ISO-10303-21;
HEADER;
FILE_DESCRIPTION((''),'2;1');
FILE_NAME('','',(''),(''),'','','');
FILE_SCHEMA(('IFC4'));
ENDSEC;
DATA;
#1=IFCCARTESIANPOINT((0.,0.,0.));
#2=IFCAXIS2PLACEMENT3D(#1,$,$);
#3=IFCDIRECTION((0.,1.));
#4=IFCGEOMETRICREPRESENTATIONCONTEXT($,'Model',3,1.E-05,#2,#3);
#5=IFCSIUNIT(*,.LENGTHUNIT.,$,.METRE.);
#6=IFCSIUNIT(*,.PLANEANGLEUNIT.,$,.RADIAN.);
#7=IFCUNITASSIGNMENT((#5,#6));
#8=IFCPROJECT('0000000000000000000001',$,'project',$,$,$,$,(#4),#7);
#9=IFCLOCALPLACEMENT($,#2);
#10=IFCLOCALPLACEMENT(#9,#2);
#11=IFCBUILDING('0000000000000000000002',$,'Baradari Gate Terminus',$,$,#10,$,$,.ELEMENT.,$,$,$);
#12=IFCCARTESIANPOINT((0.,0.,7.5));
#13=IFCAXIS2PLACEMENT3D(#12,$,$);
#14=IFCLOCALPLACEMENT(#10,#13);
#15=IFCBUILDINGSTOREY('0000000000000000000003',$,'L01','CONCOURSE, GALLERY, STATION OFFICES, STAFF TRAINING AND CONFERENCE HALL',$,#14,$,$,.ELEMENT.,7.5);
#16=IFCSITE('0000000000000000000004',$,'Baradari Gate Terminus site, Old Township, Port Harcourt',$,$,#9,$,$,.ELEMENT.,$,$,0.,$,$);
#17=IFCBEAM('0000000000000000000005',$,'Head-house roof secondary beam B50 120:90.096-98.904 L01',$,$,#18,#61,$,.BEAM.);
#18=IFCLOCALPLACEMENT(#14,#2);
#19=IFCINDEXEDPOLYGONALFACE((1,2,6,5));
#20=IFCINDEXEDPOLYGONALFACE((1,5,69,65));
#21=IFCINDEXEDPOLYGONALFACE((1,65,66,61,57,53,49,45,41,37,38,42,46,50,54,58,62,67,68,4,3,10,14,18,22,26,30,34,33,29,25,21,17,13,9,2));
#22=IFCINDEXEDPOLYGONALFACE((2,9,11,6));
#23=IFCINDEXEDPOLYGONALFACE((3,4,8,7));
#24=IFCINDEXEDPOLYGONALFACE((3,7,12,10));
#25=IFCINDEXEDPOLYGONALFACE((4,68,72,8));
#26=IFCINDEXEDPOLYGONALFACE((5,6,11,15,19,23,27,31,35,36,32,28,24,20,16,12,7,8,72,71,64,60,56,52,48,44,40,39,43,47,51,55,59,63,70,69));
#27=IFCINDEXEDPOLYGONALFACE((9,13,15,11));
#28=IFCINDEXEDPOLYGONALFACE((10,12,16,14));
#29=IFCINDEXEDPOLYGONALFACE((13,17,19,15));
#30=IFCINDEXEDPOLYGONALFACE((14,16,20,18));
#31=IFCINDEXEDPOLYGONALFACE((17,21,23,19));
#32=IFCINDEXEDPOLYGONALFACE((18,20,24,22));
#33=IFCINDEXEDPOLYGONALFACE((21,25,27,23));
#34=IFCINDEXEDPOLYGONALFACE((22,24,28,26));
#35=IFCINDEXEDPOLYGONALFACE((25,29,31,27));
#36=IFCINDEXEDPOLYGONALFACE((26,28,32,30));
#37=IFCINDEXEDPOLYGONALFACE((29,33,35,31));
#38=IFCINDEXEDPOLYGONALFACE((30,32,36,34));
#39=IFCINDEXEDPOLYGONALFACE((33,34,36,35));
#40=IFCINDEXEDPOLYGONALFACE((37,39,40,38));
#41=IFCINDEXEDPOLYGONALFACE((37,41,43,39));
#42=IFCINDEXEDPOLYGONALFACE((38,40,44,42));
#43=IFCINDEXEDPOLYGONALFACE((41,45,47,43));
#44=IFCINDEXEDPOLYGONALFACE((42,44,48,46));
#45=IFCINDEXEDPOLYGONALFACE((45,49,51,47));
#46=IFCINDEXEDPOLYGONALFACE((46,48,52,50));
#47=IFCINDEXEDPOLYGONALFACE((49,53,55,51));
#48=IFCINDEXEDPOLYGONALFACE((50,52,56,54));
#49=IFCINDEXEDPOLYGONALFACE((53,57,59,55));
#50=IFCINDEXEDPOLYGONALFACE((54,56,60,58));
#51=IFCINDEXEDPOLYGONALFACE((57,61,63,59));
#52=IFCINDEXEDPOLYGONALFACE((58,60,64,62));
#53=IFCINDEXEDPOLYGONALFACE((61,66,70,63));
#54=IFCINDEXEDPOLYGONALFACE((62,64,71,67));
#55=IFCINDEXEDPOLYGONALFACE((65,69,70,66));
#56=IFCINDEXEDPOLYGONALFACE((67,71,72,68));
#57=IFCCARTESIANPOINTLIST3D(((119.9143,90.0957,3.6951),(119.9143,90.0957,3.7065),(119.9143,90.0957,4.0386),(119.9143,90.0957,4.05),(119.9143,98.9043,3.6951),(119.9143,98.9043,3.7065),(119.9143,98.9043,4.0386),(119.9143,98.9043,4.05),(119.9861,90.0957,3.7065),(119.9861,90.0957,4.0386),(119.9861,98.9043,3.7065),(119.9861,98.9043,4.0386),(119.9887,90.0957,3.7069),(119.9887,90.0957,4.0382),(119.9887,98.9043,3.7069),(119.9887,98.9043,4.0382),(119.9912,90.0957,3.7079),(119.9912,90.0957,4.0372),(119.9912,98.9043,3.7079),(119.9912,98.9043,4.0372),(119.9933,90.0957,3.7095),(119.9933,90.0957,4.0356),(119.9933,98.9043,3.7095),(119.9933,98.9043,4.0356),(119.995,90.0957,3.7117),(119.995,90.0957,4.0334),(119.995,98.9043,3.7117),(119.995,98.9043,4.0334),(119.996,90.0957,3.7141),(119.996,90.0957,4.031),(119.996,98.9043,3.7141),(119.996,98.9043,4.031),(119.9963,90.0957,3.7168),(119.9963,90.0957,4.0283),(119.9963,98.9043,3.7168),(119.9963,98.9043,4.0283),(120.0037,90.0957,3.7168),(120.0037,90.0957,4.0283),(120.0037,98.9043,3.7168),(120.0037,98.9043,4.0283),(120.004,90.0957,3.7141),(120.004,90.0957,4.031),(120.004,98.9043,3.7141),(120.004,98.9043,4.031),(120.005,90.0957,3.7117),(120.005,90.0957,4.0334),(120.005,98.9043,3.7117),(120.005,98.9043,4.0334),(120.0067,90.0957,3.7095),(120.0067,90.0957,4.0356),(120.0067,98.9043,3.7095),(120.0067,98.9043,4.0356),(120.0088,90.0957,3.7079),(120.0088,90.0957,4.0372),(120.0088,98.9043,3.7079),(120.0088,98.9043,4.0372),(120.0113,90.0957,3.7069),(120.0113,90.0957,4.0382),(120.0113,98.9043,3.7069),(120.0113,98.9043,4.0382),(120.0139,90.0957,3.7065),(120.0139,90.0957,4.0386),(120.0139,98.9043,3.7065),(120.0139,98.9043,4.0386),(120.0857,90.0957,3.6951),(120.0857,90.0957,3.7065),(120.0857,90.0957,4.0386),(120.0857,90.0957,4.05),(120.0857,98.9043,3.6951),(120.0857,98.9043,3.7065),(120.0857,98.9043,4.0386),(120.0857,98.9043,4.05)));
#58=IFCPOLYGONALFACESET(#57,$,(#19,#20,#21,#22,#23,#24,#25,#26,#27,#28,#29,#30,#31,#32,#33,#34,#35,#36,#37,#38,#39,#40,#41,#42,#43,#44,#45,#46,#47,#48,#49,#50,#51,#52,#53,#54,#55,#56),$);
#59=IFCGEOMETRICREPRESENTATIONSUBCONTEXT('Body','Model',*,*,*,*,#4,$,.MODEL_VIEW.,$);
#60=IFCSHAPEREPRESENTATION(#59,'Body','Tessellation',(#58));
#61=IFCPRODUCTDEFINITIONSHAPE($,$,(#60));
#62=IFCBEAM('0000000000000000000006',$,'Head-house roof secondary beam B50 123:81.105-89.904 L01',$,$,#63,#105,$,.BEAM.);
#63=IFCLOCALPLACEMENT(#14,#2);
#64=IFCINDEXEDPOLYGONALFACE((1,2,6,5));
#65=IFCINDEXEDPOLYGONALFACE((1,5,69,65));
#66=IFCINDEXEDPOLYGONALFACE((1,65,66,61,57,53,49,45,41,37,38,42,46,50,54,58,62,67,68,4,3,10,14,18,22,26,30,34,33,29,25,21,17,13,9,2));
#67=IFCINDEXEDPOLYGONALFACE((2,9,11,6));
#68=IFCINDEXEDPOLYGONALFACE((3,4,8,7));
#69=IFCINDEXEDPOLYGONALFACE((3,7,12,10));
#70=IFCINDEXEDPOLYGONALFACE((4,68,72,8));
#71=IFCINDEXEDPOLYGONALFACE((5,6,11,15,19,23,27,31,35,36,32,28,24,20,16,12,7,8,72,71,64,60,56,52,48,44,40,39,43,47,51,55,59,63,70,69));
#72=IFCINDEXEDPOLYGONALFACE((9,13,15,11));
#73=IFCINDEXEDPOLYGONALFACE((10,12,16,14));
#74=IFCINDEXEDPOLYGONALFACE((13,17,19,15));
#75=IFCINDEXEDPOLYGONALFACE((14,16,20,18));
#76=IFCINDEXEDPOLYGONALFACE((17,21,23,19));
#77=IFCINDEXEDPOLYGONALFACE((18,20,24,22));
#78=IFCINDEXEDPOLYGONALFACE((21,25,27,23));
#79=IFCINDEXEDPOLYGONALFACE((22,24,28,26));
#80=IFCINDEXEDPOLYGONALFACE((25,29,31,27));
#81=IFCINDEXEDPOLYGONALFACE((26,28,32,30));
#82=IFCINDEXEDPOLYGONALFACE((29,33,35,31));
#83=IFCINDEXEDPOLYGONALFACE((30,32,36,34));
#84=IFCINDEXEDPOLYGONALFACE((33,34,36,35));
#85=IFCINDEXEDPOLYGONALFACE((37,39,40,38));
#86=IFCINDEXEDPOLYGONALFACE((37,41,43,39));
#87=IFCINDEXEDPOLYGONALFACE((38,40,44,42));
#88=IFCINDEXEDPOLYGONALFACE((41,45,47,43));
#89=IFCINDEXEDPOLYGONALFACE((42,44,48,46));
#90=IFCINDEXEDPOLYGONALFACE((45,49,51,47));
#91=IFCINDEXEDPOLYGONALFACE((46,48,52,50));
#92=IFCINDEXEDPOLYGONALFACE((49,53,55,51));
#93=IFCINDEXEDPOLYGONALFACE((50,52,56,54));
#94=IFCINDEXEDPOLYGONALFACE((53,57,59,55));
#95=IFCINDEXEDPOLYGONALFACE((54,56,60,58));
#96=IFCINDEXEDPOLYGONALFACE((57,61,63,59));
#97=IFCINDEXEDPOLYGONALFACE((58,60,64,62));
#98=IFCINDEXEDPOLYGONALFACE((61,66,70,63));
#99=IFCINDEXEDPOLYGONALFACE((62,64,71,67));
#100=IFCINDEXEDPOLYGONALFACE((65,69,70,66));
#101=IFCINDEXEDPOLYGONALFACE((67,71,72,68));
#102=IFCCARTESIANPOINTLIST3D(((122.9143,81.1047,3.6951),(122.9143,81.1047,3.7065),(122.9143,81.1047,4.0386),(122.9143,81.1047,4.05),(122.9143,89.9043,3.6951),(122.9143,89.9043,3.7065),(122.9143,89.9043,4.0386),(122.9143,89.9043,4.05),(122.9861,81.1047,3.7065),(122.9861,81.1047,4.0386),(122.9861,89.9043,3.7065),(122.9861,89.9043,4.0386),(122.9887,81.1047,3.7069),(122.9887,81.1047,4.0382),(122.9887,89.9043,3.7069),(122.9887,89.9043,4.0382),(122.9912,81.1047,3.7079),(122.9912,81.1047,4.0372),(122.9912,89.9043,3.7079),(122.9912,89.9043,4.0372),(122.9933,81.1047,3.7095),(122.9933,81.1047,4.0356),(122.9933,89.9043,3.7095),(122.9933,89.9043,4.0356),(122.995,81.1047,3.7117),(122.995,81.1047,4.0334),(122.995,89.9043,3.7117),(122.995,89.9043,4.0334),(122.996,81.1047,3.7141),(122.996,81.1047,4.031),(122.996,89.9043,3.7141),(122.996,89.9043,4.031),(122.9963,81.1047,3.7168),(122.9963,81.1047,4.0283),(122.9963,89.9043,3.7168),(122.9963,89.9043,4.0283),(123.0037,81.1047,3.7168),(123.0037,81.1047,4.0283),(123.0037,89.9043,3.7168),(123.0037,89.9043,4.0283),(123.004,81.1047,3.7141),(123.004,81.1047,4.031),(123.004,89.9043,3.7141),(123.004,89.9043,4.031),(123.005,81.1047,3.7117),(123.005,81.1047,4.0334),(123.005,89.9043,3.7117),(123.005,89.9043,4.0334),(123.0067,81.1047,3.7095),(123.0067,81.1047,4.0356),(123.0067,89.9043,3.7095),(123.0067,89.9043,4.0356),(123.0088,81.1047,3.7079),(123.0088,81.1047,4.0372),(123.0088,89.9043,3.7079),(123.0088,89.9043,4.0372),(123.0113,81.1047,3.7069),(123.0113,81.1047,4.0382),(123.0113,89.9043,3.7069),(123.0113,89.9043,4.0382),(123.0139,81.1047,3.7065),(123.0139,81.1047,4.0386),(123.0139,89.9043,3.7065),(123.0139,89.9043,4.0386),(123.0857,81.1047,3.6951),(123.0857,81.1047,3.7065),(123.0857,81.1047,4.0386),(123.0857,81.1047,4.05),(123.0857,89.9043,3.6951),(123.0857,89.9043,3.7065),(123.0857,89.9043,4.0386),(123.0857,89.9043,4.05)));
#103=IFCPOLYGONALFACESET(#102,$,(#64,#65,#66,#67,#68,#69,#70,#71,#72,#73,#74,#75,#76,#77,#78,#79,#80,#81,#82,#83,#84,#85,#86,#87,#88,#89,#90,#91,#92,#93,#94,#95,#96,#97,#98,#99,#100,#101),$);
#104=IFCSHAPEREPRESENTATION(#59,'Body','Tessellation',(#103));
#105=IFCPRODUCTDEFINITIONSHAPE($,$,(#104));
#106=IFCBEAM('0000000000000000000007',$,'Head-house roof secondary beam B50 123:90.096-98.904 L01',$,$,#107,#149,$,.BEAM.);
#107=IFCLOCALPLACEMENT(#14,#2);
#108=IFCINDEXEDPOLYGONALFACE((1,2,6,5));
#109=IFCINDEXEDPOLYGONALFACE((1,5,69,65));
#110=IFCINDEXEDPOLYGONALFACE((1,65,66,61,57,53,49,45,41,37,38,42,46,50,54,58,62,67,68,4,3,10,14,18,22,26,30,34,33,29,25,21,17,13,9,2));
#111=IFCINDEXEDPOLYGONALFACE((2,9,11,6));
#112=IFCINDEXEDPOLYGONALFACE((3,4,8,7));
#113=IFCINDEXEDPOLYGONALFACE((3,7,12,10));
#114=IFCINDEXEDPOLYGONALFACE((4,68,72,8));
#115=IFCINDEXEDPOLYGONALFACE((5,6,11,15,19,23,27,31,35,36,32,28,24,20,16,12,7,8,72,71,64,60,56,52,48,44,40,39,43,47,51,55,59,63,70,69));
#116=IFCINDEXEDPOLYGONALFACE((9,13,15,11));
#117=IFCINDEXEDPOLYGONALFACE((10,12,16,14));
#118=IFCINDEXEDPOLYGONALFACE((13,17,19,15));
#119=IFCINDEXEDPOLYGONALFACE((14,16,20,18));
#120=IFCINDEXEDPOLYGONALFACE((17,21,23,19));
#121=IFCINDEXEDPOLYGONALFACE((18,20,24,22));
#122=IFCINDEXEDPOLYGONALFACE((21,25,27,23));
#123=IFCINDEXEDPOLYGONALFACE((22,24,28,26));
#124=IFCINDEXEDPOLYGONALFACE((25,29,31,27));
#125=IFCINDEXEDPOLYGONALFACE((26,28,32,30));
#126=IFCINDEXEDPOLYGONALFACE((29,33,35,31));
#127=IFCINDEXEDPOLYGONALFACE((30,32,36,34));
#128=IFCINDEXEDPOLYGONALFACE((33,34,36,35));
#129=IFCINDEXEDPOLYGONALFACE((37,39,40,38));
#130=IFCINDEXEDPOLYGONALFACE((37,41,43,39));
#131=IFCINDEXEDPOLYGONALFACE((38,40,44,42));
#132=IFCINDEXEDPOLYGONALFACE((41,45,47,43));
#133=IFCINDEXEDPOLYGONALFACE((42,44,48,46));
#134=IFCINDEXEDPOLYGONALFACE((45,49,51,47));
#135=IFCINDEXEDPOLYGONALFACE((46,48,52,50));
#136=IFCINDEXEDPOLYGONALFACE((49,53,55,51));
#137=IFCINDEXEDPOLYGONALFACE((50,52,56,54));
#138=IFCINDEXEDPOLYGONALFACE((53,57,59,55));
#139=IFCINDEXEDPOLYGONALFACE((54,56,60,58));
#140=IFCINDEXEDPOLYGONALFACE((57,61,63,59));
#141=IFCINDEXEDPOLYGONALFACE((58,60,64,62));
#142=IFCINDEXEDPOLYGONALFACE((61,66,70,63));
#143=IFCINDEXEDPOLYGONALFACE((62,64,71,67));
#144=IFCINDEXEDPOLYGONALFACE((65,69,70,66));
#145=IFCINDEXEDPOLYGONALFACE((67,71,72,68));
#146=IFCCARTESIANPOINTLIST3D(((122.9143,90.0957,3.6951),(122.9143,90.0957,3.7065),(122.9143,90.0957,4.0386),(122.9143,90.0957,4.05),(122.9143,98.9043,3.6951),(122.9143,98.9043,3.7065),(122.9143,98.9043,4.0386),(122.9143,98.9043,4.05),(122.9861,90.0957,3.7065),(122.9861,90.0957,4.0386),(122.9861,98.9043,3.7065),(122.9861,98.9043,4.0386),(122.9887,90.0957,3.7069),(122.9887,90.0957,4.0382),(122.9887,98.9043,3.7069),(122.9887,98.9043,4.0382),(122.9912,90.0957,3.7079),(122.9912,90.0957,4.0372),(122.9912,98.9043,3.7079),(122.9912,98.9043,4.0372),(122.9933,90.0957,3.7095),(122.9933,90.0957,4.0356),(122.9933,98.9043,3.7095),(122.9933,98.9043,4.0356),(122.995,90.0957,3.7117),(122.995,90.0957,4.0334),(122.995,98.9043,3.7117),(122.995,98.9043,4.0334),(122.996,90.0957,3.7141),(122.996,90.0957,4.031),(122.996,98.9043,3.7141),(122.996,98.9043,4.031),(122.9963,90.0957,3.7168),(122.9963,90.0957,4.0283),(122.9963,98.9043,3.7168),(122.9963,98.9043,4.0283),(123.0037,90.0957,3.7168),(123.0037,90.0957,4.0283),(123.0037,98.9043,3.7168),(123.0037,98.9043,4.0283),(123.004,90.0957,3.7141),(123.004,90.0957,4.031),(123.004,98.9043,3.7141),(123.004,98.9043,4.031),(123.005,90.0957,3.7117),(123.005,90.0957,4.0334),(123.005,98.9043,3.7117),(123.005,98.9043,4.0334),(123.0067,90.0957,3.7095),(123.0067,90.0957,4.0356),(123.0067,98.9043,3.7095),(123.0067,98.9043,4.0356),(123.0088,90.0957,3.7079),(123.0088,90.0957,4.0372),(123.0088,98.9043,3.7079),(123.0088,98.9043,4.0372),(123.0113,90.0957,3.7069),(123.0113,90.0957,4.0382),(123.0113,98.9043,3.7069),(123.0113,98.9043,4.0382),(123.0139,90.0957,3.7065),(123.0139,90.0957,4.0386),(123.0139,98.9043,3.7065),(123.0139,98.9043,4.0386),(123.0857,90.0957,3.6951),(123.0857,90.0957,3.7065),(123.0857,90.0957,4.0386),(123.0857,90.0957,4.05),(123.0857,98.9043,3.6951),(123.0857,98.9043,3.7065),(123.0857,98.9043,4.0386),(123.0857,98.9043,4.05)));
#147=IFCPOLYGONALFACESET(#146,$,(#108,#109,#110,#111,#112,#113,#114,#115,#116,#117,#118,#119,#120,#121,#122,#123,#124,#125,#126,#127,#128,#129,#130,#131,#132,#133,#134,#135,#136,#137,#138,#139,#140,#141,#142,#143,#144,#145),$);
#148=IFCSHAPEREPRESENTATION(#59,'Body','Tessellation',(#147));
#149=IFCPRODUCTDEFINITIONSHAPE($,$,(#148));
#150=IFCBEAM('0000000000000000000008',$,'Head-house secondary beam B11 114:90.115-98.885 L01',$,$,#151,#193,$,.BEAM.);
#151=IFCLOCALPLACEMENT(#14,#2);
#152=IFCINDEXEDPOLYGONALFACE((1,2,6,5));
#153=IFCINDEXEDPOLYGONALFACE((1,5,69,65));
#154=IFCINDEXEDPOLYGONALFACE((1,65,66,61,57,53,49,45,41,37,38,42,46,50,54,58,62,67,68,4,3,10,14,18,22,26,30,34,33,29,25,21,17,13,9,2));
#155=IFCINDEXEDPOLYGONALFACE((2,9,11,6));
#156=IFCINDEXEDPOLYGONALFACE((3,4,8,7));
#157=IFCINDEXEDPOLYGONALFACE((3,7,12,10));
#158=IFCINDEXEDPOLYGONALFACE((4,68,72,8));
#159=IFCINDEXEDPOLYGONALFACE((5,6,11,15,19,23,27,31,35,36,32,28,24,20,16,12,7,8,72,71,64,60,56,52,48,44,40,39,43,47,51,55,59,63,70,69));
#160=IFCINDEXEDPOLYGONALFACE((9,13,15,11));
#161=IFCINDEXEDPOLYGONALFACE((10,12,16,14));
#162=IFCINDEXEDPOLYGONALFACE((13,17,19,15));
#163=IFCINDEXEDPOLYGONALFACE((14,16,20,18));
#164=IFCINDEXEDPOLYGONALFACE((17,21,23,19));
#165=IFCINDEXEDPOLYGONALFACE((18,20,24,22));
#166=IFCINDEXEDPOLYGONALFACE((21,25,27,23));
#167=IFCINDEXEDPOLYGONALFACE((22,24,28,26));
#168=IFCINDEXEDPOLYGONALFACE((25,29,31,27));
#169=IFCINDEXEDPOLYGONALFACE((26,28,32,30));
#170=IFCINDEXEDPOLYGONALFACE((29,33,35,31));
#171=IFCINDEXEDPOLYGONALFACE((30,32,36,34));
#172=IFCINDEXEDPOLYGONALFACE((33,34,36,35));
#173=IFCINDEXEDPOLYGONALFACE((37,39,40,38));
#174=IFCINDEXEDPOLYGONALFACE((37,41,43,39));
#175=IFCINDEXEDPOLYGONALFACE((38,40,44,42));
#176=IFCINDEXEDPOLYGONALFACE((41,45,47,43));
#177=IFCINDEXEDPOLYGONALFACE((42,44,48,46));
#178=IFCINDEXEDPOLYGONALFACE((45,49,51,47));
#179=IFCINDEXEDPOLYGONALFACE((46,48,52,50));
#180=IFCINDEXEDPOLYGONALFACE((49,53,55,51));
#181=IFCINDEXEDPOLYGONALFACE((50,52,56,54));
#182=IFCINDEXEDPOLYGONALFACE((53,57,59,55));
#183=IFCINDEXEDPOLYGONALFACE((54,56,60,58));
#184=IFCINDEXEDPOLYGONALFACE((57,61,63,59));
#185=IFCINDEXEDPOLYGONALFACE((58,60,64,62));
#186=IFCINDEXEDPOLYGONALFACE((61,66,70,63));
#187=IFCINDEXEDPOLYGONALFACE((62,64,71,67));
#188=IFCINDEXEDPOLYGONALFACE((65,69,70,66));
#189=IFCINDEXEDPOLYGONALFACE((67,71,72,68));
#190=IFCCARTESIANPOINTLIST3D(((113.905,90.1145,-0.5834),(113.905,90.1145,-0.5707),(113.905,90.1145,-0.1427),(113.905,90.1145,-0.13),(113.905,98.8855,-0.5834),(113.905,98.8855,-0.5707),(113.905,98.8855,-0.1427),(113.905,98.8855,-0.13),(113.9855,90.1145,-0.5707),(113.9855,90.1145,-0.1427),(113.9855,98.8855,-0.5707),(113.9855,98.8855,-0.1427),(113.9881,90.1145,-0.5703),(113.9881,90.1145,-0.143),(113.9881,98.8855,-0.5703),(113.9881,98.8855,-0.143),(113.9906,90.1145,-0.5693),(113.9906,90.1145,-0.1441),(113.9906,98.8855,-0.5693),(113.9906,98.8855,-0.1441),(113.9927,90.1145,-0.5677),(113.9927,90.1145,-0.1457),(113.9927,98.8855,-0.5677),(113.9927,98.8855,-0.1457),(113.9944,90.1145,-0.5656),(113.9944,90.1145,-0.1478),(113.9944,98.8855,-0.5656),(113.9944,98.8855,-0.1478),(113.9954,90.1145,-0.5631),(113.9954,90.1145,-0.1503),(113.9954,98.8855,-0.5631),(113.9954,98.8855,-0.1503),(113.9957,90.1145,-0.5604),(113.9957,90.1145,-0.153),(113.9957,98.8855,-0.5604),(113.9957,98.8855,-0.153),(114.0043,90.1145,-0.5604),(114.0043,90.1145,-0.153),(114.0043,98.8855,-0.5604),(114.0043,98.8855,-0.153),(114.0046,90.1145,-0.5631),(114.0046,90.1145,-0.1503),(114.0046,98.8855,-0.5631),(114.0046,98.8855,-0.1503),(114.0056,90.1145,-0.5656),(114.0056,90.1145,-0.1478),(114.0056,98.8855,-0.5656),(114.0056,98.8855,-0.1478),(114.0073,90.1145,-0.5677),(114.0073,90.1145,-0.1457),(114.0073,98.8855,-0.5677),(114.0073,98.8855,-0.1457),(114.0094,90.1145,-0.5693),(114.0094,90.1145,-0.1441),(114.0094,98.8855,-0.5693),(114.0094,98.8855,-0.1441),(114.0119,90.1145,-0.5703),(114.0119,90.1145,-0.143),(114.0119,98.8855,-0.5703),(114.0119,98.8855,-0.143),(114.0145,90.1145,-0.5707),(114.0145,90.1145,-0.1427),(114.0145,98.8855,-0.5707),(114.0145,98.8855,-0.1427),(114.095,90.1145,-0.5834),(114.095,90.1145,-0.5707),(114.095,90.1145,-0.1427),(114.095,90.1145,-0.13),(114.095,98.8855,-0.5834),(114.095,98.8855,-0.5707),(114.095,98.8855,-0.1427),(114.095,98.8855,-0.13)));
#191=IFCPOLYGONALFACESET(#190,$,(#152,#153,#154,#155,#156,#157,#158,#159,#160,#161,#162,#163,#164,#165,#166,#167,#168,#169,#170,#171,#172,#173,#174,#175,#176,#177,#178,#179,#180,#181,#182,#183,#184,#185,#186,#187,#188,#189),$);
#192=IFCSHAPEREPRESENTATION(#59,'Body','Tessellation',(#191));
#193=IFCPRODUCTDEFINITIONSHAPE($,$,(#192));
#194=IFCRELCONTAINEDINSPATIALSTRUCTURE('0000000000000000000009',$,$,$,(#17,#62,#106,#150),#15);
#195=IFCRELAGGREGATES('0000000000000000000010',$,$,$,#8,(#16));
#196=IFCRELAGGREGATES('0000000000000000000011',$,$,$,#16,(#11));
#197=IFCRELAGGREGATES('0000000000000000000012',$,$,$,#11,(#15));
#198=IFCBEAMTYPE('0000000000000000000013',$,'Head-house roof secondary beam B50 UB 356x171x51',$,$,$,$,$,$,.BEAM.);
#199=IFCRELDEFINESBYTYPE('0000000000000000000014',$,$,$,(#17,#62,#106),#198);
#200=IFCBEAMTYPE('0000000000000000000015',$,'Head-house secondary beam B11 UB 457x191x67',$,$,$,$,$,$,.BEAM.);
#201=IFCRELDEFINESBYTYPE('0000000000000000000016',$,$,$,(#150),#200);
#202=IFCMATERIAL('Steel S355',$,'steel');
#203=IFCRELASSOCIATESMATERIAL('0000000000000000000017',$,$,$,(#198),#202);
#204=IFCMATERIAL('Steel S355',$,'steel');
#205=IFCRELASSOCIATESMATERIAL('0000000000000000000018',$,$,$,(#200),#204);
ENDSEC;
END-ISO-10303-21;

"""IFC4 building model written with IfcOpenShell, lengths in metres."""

from ifc_helpers import new_model, si_unit, direction, frame, origin, origin_2d, place, context, subcontext, project, spatial, i_section, extrude, material, material_profile, profile_set, type_object, element, save


model = new_model("IFC4")

# Units and contexts
model_context = context("Model", 3, precision=1e-05, world=origin(), true_north=direction((0.0, 1.0)))
body_context = subcontext(model_context, "Body", "Model", "MODEL_VIEW")
ifc_project = project(units=[si_unit("LENGTHUNIT", "METRE"), si_unit("PLANEANGLEUNIT", "RADIAN")], contexts=[model_context])

# Site, building, storey
site_placement = place(None, origin())
site = spatial("IfcSite", under=ifc_project, at=site_placement, Name="Baradari Gate Terminus site, Old Township, Port Harcourt", CompositionType="ELEMENT", RefElevation=0.0)
building_placement = place(site_placement, origin())
building = spatial("IfcBuilding", under=site, at=building_placement, Name="Baradari Gate Terminus", CompositionType="ELEMENT")
storey_placement = place(building_placement, frame((0.0, 0.0, 7.5)))
storey = spatial("IfcBuildingStorey", under=building, at=storey_placement, Name="L01", Description="CONCOURSE, GALLERY, STATION OFFICES, STAFF TRAINING AND CONFERENCE HALL", CompositionType="ELEMENT", Elevation=7.5)

# Beams
ifc_material_1 = material(Name="Steel S355", Category="steel")
ifc_material_profile_1 = material_profile(ifc_material_1, i_section(OverallWidth=0.1714, OverallDepth=0.355, WebThickness=0.0073, FlangeThickness=0.0115, FilletRadius=0.0103, at=origin_2d()), Name="UB 356x171x51")
ifc_profile_set_1 = profile_set([ifc_material_profile_1], Name="Steel S355")
beam_type_1 = type_object("IfcBeamType", Name="Head-house roof secondary beam B50 UB 356x171x51", PredefinedType="BEAM", material=ifc_profile_set_1)
beam_1_placement = place(storey_placement, frame((120.0, 90.0957, 3.8726), z_axis=(0.0, 1.0, 0.0), x_axis=(-1.0, 0.0, 0.0)))
element("IfcBeam", 1, at=beam_1_placement, inside=storey, type_object=beam_type_1, Name="Head-house roof secondary beam B50 120:90.096-98.904 L01", PredefinedType="BEAM", context=body_context, shape_type="SweptSolid", body=[
    extrude(i_section(OverallWidth=0.1714, OverallDepth=0.355, WebThickness=0.0073, FlangeThickness=0.0115, FilletRadius=0.0103, at=origin_2d()), origin(), (0.0, 0.0, 1.0), 8.8086),
])
beam_2_placement = place(storey_placement, frame((123.0, 81.1047, 3.8726), z_axis=(0.0, 1.0, 0.0), x_axis=(-1.0, 0.0, 0.0)))
element("IfcBeam", 2, at=beam_2_placement, inside=storey, type_object=beam_type_1, Name="Head-house roof secondary beam B50 123:81.105-89.904 L01", PredefinedType="BEAM", context=body_context, shape_type="SweptSolid", body=[
    extrude(i_section(OverallWidth=0.1714, OverallDepth=0.355, WebThickness=0.0073, FlangeThickness=0.0115, FilletRadius=0.0103, at=origin_2d()), origin(), (0.0, 0.0, 1.0), 8.7996),
])
beam_3_placement = place(storey_placement, frame((123.0, 90.0957, 3.8726), z_axis=(0.0, 1.0, 0.0), x_axis=(-1.0, 0.0, 0.0)))
element("IfcBeam", 3, at=beam_3_placement, inside=storey, type_object=beam_type_1, Name="Head-house roof secondary beam B50 123:90.096-98.904 L01", PredefinedType="BEAM", context=body_context, shape_type="SweptSolid", body=[
    extrude(i_section(OverallWidth=0.1714, OverallDepth=0.355, WebThickness=0.0073, FlangeThickness=0.0115, FilletRadius=0.0103, at=origin_2d()), origin(), (0.0, 0.0, 1.0), 8.8086),
])
ifc_material_2 = material(Name="Steel S355", Category="steel")
ifc_material_profile_2 = material_profile(ifc_material_2, i_section(OverallWidth=0.1899, OverallDepth=0.4534, WebThickness=0.0085, FlangeThickness=0.0127, FilletRadius=0.0103, at=origin_2d()), Name="UB 457x191x67")
ifc_profile_set_2 = profile_set([ifc_material_profile_2], Name="Steel S355")
beam_type_2 = type_object("IfcBeamType", Name="Head-house secondary beam B11 UB 457x191x67", PredefinedType="BEAM", material=ifc_profile_set_2)
beam_4_placement = place(storey_placement, frame((114.0, 90.1145, -0.3567), z_axis=(0.0, 1.0, 0.0), x_axis=(-1.0, 0.0, 0.0)))
element("IfcBeam", 4, at=beam_4_placement, inside=storey, type_object=beam_type_2, Name="Head-house secondary beam B11 114:90.115-98.885 L01", PredefinedType="BEAM", context=body_context, shape_type="SweptSolid", body=[
    extrude(i_section(OverallWidth=0.1899, OverallDepth=0.4534, WebThickness=0.0085, FlangeThickness=0.0127, FilletRadius=0.0103, at=origin_2d()), origin(), (0.0, 0.0, 1.0), 8.771),
])

save(model, "model.ifc")
